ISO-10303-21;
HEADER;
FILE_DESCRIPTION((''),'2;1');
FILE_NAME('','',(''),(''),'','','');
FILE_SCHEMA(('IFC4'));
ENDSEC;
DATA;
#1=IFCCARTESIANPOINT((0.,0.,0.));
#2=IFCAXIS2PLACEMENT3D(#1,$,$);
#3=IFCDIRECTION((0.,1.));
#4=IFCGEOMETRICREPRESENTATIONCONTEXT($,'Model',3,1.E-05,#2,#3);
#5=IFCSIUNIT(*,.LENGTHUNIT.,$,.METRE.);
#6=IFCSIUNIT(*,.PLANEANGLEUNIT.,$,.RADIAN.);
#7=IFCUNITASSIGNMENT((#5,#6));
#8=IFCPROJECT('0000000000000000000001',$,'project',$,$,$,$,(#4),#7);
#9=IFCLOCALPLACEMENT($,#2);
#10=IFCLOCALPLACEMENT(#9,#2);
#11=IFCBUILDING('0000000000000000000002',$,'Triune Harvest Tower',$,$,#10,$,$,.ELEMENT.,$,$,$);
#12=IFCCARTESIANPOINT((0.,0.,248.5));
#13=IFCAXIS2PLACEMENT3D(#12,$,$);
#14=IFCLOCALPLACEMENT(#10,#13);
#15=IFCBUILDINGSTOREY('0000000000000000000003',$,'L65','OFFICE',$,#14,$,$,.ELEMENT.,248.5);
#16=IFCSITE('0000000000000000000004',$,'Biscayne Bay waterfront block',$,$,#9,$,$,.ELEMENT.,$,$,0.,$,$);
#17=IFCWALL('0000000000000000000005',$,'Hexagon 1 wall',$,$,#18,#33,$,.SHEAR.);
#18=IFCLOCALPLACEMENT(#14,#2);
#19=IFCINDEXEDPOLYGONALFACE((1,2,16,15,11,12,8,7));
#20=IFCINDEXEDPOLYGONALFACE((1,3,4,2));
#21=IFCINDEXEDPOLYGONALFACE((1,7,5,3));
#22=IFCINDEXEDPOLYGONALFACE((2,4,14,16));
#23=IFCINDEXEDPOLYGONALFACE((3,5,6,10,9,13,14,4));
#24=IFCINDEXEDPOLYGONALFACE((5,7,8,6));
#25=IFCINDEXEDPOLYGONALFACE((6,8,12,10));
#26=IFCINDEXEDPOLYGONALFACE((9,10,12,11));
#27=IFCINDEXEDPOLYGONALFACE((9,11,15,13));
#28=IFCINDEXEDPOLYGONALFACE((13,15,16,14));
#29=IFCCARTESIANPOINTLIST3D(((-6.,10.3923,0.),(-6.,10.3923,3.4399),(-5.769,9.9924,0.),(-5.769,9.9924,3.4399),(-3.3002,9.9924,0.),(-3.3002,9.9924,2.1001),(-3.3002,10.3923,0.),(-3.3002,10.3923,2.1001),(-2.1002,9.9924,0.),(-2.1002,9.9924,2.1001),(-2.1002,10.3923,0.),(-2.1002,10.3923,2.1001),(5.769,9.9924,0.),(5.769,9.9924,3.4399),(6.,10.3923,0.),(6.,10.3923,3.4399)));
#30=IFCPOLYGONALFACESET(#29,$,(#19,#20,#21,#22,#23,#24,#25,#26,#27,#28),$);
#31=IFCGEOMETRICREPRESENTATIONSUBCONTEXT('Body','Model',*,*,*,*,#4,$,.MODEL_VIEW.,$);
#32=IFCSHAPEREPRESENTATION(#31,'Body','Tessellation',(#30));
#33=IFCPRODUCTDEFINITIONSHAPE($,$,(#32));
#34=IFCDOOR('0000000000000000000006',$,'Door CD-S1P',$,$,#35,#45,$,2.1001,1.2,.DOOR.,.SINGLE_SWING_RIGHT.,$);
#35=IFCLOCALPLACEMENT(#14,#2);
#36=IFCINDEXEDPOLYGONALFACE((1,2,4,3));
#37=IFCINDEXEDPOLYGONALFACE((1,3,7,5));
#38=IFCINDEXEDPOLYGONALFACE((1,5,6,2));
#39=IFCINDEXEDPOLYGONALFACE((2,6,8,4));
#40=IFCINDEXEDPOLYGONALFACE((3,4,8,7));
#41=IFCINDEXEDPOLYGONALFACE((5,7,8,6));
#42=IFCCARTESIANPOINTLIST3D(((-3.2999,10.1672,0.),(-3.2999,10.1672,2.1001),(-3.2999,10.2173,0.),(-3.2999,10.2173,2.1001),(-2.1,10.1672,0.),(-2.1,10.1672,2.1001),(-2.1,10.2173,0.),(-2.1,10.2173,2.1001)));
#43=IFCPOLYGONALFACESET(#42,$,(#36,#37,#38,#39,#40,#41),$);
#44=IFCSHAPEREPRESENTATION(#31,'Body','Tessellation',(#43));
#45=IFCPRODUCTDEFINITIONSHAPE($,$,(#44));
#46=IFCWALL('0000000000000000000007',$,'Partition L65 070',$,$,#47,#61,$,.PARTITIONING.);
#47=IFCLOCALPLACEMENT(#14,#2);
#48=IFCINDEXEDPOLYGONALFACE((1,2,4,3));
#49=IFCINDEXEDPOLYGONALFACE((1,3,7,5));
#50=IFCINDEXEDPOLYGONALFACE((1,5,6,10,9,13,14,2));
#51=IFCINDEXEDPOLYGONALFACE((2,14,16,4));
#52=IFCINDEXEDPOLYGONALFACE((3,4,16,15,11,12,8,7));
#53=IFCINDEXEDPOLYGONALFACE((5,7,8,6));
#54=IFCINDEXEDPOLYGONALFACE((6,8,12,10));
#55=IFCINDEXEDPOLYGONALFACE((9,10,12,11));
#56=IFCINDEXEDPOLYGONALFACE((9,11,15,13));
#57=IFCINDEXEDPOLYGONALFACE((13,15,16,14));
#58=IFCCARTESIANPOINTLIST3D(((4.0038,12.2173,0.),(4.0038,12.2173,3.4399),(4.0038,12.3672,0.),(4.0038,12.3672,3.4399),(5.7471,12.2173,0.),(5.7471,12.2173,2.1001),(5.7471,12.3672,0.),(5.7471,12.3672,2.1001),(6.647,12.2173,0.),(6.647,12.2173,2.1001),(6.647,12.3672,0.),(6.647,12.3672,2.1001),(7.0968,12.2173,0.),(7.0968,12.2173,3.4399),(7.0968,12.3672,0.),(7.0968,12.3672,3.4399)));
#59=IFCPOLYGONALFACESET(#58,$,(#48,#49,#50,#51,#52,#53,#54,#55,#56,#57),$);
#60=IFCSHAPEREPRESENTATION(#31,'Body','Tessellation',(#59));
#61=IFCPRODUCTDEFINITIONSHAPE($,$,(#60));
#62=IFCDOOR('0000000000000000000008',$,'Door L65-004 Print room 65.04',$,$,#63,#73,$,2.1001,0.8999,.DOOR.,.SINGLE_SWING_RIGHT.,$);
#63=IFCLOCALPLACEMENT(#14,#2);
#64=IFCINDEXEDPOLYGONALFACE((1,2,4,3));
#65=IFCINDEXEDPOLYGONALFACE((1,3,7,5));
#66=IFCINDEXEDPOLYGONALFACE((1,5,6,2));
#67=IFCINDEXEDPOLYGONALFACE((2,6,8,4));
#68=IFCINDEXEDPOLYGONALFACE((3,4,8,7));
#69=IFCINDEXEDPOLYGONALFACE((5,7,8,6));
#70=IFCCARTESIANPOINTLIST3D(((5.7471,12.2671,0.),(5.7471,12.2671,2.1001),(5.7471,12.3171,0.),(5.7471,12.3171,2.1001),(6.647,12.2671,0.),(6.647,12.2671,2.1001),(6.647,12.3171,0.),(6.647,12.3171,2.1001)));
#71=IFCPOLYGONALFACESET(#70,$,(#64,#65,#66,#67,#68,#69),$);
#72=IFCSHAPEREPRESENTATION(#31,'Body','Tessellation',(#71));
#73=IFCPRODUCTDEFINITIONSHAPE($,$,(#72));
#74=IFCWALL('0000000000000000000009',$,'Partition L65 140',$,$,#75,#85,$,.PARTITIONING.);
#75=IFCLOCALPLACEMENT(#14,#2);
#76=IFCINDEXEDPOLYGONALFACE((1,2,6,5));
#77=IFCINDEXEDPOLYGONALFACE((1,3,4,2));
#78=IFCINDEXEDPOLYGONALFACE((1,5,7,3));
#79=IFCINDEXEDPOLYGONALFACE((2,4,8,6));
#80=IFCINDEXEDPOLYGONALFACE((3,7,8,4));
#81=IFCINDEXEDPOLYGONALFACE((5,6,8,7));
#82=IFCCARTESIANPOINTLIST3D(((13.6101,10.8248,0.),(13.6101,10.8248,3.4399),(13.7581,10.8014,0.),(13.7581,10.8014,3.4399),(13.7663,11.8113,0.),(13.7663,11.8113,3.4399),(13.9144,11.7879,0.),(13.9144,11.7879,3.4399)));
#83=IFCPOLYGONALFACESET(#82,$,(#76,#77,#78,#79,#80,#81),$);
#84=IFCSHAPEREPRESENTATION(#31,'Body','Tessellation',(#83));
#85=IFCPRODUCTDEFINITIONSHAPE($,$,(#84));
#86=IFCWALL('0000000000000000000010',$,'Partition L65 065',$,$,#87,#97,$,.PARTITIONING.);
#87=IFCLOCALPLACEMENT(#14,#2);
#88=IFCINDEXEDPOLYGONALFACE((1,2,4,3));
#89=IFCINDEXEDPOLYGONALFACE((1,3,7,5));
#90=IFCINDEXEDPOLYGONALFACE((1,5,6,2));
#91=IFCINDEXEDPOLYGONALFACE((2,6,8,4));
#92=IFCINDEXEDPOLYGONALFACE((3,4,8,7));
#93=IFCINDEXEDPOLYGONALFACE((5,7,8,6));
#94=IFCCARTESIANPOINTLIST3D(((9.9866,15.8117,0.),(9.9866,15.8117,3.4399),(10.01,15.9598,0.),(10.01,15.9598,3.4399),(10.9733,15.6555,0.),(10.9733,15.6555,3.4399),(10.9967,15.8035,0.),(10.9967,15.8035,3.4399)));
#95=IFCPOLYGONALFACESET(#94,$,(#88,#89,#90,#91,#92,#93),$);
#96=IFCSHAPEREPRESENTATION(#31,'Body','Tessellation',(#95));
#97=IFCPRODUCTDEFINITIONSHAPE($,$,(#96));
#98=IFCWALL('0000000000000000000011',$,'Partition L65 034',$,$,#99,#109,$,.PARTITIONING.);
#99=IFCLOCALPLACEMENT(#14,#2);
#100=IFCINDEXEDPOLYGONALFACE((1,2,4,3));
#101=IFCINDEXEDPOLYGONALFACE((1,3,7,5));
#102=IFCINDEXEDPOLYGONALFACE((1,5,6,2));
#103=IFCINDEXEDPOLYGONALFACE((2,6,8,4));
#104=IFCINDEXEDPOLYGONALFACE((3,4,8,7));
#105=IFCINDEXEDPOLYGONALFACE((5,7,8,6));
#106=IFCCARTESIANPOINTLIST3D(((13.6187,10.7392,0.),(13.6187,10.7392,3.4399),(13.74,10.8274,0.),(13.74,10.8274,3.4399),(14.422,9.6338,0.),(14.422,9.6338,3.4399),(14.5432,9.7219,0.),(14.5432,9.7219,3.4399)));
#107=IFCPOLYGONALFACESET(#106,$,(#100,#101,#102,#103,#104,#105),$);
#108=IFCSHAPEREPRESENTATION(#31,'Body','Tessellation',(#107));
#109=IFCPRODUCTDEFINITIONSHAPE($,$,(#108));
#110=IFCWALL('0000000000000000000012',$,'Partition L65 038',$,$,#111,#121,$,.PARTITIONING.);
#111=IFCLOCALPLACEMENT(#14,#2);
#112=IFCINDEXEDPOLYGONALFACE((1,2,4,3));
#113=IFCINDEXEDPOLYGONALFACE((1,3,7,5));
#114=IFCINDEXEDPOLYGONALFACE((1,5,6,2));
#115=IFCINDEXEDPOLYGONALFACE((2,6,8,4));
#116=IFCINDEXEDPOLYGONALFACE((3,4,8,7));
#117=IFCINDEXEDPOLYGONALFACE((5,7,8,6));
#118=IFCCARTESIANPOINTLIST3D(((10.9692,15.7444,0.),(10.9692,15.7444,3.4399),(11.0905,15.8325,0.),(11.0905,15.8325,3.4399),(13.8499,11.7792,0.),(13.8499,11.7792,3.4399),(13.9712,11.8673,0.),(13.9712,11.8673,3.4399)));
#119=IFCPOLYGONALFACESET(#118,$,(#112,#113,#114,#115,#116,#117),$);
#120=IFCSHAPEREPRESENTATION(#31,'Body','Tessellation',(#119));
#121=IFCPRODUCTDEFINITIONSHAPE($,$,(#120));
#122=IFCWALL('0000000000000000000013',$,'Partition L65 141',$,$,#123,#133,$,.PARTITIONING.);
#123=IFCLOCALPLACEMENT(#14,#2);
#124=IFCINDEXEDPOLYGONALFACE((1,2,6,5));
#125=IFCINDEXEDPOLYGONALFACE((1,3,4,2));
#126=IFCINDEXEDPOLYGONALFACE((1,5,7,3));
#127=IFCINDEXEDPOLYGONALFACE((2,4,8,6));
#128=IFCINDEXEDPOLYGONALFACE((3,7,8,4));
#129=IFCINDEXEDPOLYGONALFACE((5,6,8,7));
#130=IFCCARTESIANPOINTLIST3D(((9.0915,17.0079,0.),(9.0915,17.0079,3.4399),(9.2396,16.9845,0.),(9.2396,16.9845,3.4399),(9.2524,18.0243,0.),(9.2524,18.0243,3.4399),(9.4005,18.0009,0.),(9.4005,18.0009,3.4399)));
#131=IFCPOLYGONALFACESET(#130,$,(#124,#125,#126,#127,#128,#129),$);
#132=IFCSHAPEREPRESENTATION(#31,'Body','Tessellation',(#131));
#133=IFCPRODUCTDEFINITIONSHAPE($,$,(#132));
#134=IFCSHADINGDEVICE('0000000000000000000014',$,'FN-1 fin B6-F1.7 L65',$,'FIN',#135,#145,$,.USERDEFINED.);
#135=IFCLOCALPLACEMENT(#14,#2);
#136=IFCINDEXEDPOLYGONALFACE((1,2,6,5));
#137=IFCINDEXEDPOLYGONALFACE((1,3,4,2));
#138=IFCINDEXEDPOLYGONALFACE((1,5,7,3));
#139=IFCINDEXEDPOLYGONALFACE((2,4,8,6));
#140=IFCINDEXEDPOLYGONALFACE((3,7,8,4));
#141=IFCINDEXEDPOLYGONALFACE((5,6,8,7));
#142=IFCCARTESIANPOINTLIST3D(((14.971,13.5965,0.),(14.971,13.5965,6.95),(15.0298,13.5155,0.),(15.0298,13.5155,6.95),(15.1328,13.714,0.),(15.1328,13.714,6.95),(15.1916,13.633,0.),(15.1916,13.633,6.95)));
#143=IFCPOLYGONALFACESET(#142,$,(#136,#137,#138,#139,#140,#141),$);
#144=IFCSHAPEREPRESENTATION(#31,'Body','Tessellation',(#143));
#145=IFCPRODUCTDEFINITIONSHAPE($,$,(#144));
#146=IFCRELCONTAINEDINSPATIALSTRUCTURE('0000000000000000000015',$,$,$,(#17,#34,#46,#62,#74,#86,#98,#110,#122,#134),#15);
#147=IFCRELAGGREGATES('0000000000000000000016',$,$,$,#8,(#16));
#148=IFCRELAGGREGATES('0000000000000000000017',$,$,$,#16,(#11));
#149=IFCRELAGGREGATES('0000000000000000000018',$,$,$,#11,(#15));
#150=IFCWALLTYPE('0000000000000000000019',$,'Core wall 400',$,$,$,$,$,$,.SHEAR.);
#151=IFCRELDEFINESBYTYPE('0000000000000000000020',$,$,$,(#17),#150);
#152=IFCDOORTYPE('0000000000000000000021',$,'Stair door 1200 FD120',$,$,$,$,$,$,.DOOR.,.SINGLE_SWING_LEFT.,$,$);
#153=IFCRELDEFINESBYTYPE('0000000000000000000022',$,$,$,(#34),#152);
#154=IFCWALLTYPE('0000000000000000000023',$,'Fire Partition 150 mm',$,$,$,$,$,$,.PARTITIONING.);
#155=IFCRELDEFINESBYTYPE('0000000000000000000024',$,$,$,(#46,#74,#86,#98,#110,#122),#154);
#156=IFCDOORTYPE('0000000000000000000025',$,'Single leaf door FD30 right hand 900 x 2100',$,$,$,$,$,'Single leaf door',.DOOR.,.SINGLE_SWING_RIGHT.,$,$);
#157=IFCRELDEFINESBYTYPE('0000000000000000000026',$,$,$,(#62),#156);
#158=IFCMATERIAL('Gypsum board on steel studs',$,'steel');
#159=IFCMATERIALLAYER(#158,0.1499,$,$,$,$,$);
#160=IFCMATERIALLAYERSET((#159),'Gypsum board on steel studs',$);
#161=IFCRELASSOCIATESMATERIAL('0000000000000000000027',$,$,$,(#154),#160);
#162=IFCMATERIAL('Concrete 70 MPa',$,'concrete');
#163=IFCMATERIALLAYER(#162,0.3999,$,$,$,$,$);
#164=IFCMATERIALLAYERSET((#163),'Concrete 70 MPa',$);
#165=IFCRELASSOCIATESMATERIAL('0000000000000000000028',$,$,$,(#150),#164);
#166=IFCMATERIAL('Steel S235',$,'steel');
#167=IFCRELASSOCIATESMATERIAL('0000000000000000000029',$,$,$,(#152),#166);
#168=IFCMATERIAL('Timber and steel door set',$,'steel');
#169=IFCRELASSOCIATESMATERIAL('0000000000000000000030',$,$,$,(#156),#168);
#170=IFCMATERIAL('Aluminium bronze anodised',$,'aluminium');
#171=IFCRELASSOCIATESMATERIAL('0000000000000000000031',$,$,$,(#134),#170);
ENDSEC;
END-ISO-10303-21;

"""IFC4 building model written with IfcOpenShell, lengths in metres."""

from ifc_helpers import new_model, si_unit, direction, frame, frame_2d, origin, origin_2d, place, context, subcontext, project, spatial, polyline, rectangle, outline, extrude, source, transform, mapped, material, layer, layer_set, type_object, element, fill, save


model = new_model("IFC4")

# Units and contexts
model_context = context("Model", 3, precision=1e-05, world=origin(), true_north=direction((0.0, 1.0)))
body_context = subcontext(model_context, "Body", "Model", "MODEL_VIEW")
ifc_project = project(units=[si_unit("LENGTHUNIT", "METRE"), si_unit("PLANEANGLEUNIT", "RADIAN")], contexts=[model_context])

# Site, building, storey
site_placement = place(None, origin())
site = spatial("IfcSite", under=ifc_project, at=site_placement, Name="Biscayne Bay waterfront block", CompositionType="ELEMENT", RefElevation=0.0)
building_placement = place(site_placement, origin())
building = spatial("IfcBuilding", under=site, at=building_placement, Name="Triune Harvest Tower", CompositionType="ELEMENT")
storey_placement = place(building_placement, frame((0.0, 0.0, 248.5)))
storey = spatial("IfcBuildingStorey", under=building, at=storey_placement, Name="L65", Description="OFFICE", CompositionType="ELEMENT", Elevation=248.5)

# Shared definitions
ifc_material_1 = material(Name="Gypsum board on steel studs", Category="steel")
ifc_layer_1 = layer(ifc_material_1, 0.1499)
ifc_layer_set_1 = layer_set([ifc_layer_1], Name="Gypsum board on steel studs")
wall_type_1 = type_object("IfcWallType", Name="Fire Partition 150 mm", PredefinedType="PARTITIONING", material=ifc_layer_set_1)

# Walls, openings, doors
ifc_material_2 = material(Name="Concrete 70 MPa", Category="concrete")
ifc_layer_2 = layer(ifc_material_2, 0.3999)
ifc_layer_set_2 = layer_set([ifc_layer_2], Name="Concrete 70 MPa")
wall_type_2 = type_object("IfcWallType", Name="Core wall 400", PredefinedType="SHEAR", material=ifc_layer_set_2)
shared_shape_1 = source(origin(), body_context, "Body", "SweptSolid", [
    extrude(outline(polyline([(-0.1155, -0.2), (11.8845, -0.2), (11.6536, 0.2), (0.1155, 0.2), (-0.1155, -0.2)])), origin(), (0.0, 0.0, 1.0), 3.4399),
])
wall_1_placement = place(storey_placement, frame((5.8845, 10.1924, 0.0), z_axis=(0.0, 0.0, 1.0), x_axis=(-1.0, 0.0, 0.0)))
wall_1 = element("IfcWall", 1, at=wall_1_placement, inside=storey, type_object=wall_type_2, Name="Hexagon 1 wall", PredefinedType="SHEAR", context=body_context, shape_type="MappedRepresentation", body=[
    mapped(shared_shape_1, transform((0.0, 0.0, 0.0), scale=1.0)),
])
opening_1_placement = place(wall_1_placement, frame((7.9846, 0.0, 0.0)))
opening_1 = element("IfcOpeningElement", 2, at=opening_1_placement, cuts=wall_1, PredefinedType="OPENING", context=body_context, shape_type="SweptSolid", body=[
    extrude(rectangle(XDim=1.2, YDim=2.1001, at=frame_2d((0.6001, 1.05))), frame((0.0, 0.21, 0.0), z_axis=(0.0, -1.0, 0.0), x_axis=(1.0, 0.0, 0.0)), (0.0, 0.0, 1.0), 0.4199),
])
ifc_material_3 = material(Name="Steel S235", Category="steel")
door_type_1 = type_object("IfcDoorType", Name="Stair door 1200 FD120", OperationType="SINGLE_SWING_LEFT", PredefinedType="DOOR", material=ifc_material_3)
door_1_placement = place(opening_1_placement, frame((1.2, 0.0, 0.0), z_axis=(0.0, 0.0, 1.0), x_axis=(-1.0, 0.0, 0.0)))
door_1 = element("IfcDoor", 3, at=door_1_placement, inside=storey, type_object=door_type_1, Name="Door CD-S1P", OperationType="SINGLE_SWING_RIGHT", OverallHeight=2.1001, OverallWidth=1.2, PredefinedType="DOOR", context=body_context, shape_type="SweptSolid", body=[
    extrude(rectangle(XDim=1.2, YDim=2.1001, at=frame_2d((0.6001, 1.05))), frame((0.0, 0.0249, 0.0), z_axis=(0.0, -1.0, 0.0), x_axis=(1.0, 0.0, 0.0)), (0.0, 0.0, 1.0), 0.05),
])
fill(opening_1, door_1)
shared_shape_2 = source(origin(), body_context, "Body", "SweptSolid", [
    extrude(rectangle(XDim=3.093, YDim=0.1499, at=frame_2d((1.5464, 0.0))), origin(), (0.0, 0.0, 1.0), 3.4399),
])
wall_2_placement = place(storey_placement, frame((4.0039, 12.2922, 0.0), z_axis=(0.0, 0.0, 1.0), x_axis=(1.0, 0.0, 0.0)))
wall_2 = element("IfcWall", 4, at=wall_2_placement, inside=storey, type_object=wall_type_1, Name="Partition L65 070", PredefinedType="PARTITIONING", context=body_context, shape_type="MappedRepresentation", body=[
    mapped(shared_shape_2, transform((0.0, 0.0, 0.0), scale=1.0)),
])
opening_2_placement = place(wall_2_placement, frame((1.7432, 0.0, 0.0)))
opening_2 = element("IfcOpeningElement", 5, at=opening_2_placement, cuts=wall_2, PredefinedType="OPENING", context=body_context, shape_type="SweptSolid", body=[
    extrude(rectangle(XDim=0.8999, YDim=2.1001, at=frame_2d((0.45, 1.05))), frame((0.0, 0.085, 0.0), z_axis=(0.0, -1.0, 0.0), x_axis=(1.0, 0.0, 0.0)), (0.0, 0.0, 1.0), 0.1699),
])
ifc_material_4 = material(Name="Timber and steel door set", Category="steel")
door_type_2 = type_object("IfcDoorType", Name="Single leaf door FD30 right hand 900 x 2100", ElementType="Single leaf door", OperationType="SINGLE_SWING_RIGHT", PredefinedType="DOOR", material=ifc_material_4)
door_2_placement = place(opening_2_placement, origin())
door_2 = element("IfcDoor", 6, at=door_2_placement, inside=storey, type_object=door_type_2, Name="Door L65-004 Print room 65.04", OperationType="SINGLE_SWING_RIGHT", OverallHeight=2.1001, OverallWidth=0.8999, PredefinedType="DOOR", context=body_context, shape_type="SweptSolid", body=[
    extrude(rectangle(XDim=0.8999, YDim=2.1001, at=frame_2d((0.45, 1.05))), frame((0.0, 0.0249, 0.0), z_axis=(0.0, -1.0, 0.0), x_axis=(1.0, 0.0, 0.0)), (0.0, 0.0, 1.0), 0.05),
])
fill(opening_2, door_2)

# Walls
shared_shape_3 = source(origin(), body_context, "Body", "SweptSolid", [
    extrude(rectangle(XDim=0.9988, YDim=0.1499, at=frame_2d((0.4995, 0.0))), origin(), (0.0, 0.0, 1.0), 3.4399),
])
wall_3_placement = place(storey_placement, frame((13.6841, 10.813, 0.0), z_axis=(0.0, 0.0, 1.0), x_axis=(0.156427, 0.98769, 0.0)))
element("IfcWall", 7, at=wall_3_placement, inside=storey, type_object=wall_type_1, Name="Partition L65 140", PredefinedType="PARTITIONING", context=body_context, shape_type="MappedRepresentation", body=[
    mapped(shared_shape_3, transform((0.0, 0.0, 0.0), scale=1.0)),
])
shared_shape_4 = source(origin(), body_context, "Body", "SweptSolid", [
    extrude(rectangle(XDim=0.999, YDim=0.1499, at=frame_2d((0.4995, 0.0))), origin(), (0.0, 0.0, 1.0), 3.4399),
])
wall_4_placement = place(storey_placement, frame((9.9983, 15.8857, 0.0), z_axis=(0.0, 0.0, 1.0), x_axis=(0.987696, -0.156389, 0.0)))
element("IfcWall", 8, at=wall_4_placement, inside=storey, type_object=wall_type_1, Name="Partition L65 065", PredefinedType="PARTITIONING", context=body_context, shape_type="MappedRepresentation", body=[
    mapped(shared_shape_4, transform((0.0, 0.0, 0.0), scale=1.0)),
])
shared_shape_5 = source(origin(), body_context, "Body", "SweptSolid", [
    extrude(rectangle(XDim=1.3665, YDim=0.1499, at=frame_2d((0.6831, 0.0))), origin(), (0.0, 0.0, 1.0), 3.4399),
])
wall_5_placement = place(storey_placement, frame((13.6794, 10.7832, 0.0), z_axis=(0.0, 0.0, 1.0), x_axis=(0.58781, -0.808999, 0.0)))
element("IfcWall", 9, at=wall_5_placement, inside=storey, type_object=wall_type_1, Name="Partition L65 034", PredefinedType="PARTITIONING", context=body_context, shape_type="MappedRepresentation", body=[
    mapped(shared_shape_5, transform((0.0, 0.0, 0.0), scale=1.0)),
])
shared_shape_6 = source(origin(), body_context, "Body", "SweptSolid", [
    extrude(rectangle(XDim=4.9011, YDim=0.1499, at=frame_2d((2.4507, 0.0))), origin(), (0.0, 0.0, 1.0), 3.4399),
])
wall_6_placement = place(storey_placement, frame((11.0298, 15.7886, 0.0), z_axis=(0.0, 0.0, 1.0), x_axis=(0.58776, -0.809035, 0.0)))
element("IfcWall", 10, at=wall_6_placement, inside=storey, type_object=wall_type_1, Name="Partition L65 038", PredefinedType="PARTITIONING", context=body_context, shape_type="MappedRepresentation", body=[
    mapped(shared_shape_6, transform((0.0, 0.0, 0.0), scale=1.0)),
])
shared_shape_7 = source(origin(), body_context, "Body", "SweptSolid", [
    extrude(rectangle(XDim=1.0291, YDim=0.1499, at=frame_2d((0.5146, 0.0))), origin(), (0.0, 0.0, 1.0), 3.4399),
])
wall_7_placement = place(storey_placement, frame((9.1655, 16.9961, 0.0), z_axis=(0.0, 0.0, 1.0), x_axis=(0.156352, 0.987701, 0.0)))
element("IfcWall", 11, at=wall_7_placement, inside=storey, type_object=wall_type_1, Name="Partition L65 141", PredefinedType="PARTITIONING", context=body_context, shape_type="MappedRepresentation", body=[
    mapped(shared_shape_7, transform((0.0, 0.0, 0.0), scale=1.0)),
])

# Shading device
ifc_material_5 = material(Name="Aluminium bronze anodised", Category="aluminium")
shared_shape_8 = source(origin(), body_context, "Body", "SweptSolid", [
    extrude(rectangle(XDim=0.1001, YDim=0.2, at=origin_2d()), origin(), (0.0, 0.0, 1.0), 6.95),
])
shading_device_placement = place(storey_placement, frame((15.0813, 13.6147, 0.0), z_axis=(0.0, 0.0, 1.0), x_axis=(-0.587786, 0.809017, 0.0)))
element("IfcShadingDevice", 12, at=shading_device_placement, inside=storey, material=ifc_material_5, Name="FN-1 fin B6-F1.7 L65", ObjectType="FIN", PredefinedType="USERDEFINED", context=body_context, shape_type="MappedRepresentation", body=[
    mapped(shared_shape_8, transform((0.0, 0.0, 0.0), scale=1.0)),
])

save(model, "model.ifc")
